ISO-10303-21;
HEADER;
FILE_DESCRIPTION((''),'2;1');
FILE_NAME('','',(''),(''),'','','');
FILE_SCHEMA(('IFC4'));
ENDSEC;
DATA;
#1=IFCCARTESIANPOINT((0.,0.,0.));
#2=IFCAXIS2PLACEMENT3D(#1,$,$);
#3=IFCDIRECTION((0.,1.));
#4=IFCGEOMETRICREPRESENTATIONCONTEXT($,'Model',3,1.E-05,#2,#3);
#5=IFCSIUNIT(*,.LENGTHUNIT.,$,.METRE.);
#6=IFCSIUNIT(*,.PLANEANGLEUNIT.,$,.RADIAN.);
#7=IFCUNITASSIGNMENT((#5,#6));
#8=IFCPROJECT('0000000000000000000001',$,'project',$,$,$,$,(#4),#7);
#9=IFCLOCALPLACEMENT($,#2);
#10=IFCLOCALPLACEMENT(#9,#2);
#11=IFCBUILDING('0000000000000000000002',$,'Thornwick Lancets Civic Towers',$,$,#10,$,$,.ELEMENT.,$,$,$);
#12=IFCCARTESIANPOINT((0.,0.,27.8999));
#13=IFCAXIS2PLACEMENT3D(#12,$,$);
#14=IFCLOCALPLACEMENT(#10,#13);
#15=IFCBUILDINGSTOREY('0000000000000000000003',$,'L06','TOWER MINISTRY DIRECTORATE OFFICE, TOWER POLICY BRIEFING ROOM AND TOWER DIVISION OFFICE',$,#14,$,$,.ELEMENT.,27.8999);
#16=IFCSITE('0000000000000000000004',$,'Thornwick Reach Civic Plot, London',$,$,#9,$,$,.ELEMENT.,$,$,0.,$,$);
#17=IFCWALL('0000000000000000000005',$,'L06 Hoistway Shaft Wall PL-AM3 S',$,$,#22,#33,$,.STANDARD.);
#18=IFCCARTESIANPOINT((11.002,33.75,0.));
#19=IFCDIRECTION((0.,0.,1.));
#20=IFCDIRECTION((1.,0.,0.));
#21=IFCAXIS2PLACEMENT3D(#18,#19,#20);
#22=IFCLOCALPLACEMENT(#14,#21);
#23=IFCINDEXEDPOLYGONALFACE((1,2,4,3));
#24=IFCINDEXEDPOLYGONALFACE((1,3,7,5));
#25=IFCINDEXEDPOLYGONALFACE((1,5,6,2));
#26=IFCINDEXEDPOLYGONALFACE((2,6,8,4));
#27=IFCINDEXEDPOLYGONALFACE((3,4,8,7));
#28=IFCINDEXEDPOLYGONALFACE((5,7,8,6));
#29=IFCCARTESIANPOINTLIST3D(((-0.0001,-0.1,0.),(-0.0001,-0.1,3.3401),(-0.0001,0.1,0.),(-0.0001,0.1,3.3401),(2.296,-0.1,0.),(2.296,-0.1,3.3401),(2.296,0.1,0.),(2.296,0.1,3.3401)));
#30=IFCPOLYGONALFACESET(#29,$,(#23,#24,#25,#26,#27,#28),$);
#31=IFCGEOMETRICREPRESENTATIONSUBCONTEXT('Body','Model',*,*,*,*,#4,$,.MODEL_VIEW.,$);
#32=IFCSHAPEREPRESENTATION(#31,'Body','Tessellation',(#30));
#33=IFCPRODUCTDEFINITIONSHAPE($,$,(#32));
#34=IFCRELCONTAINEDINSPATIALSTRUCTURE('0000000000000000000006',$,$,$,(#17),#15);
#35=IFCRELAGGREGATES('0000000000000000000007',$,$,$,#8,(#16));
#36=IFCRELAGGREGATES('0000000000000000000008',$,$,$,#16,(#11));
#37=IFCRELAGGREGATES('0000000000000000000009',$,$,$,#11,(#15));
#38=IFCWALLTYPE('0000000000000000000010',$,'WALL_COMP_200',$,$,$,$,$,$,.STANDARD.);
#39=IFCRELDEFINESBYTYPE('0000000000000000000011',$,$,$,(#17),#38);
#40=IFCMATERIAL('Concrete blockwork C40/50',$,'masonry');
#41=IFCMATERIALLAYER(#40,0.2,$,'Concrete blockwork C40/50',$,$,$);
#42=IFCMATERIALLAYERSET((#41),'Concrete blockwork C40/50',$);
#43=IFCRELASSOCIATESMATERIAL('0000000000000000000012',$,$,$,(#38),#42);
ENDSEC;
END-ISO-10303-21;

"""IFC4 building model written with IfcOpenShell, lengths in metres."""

from ifc_helpers import new_model, si_unit, direction, frame, frame_2d, origin, place, context, subcontext, project, spatial, rectangle, extrude, material, layer, layer_set, type_object, element, save


model = new_model("IFC4")

# Units and contexts
model_context = context("Model", 3, precision=1e-05, world=origin(), true_north=direction((0.0, 1.0)))
body_context = subcontext(model_context, "Body", "Model", "MODEL_VIEW")
ifc_project = project(units=[si_unit("LENGTHUNIT", "METRE"), si_unit("PLANEANGLEUNIT", "RADIAN")], contexts=[model_context])

# Site, building, storey
site_placement = place(None, origin())
site = spatial("IfcSite", under=ifc_project, at=site_placement, Name="Thornwick Reach Civic Plot, London", CompositionType="ELEMENT", RefElevation=0.0)
building_placement = place(site_placement, origin())
building = spatial("IfcBuilding", under=site, at=building_placement, Name="Thornwick Lancets Civic Towers", CompositionType="ELEMENT")
storey_placement = place(building_placement, frame((0.0, 0.0, 27.8999)))
storey = spatial("IfcBuildingStorey", under=building, at=storey_placement, Name="L06", Description="TOWER MINISTRY DIRECTORATE OFFICE, TOWER POLICY BRIEFING ROOM AND TOWER DIVISION OFFICE", CompositionType="ELEMENT", Elevation=27.8999)

# Wall
ifc_material_1 = material(Name="Concrete blockwork C40/50", Category="masonry")
ifc_layer_1 = layer(ifc_material_1, 0.2, Name="Concrete blockwork C40/50")
ifc_layer_set_1 = layer_set([ifc_layer_1], Name="Concrete blockwork C40/50")
wall_type_1 = type_object("IfcWallType", Name="WALL_COMP_200", PredefinedType="STANDARD", material=ifc_layer_set_1)
wall_1_placement = place(storey_placement, frame((11.002, 33.75, 0.0), z_axis=(0.0, 0.0, 1.0), x_axis=(1.0, 0.0, 0.0)))
element("IfcWall", 1, at=wall_1_placement, inside=storey, type_object=wall_type_1, Name="L06 Hoistway Shaft Wall PL-AM3 S", PredefinedType="STANDARD", context=body_context, shape_type="SweptSolid", body=[
    extrude(rectangle(XDim=2.2961, YDim=0.2, at=frame_2d((1.1479, 0.0))), origin(), (0.0, 0.0, 1.0), 3.3401),
])

save(model, "model.ifc")
